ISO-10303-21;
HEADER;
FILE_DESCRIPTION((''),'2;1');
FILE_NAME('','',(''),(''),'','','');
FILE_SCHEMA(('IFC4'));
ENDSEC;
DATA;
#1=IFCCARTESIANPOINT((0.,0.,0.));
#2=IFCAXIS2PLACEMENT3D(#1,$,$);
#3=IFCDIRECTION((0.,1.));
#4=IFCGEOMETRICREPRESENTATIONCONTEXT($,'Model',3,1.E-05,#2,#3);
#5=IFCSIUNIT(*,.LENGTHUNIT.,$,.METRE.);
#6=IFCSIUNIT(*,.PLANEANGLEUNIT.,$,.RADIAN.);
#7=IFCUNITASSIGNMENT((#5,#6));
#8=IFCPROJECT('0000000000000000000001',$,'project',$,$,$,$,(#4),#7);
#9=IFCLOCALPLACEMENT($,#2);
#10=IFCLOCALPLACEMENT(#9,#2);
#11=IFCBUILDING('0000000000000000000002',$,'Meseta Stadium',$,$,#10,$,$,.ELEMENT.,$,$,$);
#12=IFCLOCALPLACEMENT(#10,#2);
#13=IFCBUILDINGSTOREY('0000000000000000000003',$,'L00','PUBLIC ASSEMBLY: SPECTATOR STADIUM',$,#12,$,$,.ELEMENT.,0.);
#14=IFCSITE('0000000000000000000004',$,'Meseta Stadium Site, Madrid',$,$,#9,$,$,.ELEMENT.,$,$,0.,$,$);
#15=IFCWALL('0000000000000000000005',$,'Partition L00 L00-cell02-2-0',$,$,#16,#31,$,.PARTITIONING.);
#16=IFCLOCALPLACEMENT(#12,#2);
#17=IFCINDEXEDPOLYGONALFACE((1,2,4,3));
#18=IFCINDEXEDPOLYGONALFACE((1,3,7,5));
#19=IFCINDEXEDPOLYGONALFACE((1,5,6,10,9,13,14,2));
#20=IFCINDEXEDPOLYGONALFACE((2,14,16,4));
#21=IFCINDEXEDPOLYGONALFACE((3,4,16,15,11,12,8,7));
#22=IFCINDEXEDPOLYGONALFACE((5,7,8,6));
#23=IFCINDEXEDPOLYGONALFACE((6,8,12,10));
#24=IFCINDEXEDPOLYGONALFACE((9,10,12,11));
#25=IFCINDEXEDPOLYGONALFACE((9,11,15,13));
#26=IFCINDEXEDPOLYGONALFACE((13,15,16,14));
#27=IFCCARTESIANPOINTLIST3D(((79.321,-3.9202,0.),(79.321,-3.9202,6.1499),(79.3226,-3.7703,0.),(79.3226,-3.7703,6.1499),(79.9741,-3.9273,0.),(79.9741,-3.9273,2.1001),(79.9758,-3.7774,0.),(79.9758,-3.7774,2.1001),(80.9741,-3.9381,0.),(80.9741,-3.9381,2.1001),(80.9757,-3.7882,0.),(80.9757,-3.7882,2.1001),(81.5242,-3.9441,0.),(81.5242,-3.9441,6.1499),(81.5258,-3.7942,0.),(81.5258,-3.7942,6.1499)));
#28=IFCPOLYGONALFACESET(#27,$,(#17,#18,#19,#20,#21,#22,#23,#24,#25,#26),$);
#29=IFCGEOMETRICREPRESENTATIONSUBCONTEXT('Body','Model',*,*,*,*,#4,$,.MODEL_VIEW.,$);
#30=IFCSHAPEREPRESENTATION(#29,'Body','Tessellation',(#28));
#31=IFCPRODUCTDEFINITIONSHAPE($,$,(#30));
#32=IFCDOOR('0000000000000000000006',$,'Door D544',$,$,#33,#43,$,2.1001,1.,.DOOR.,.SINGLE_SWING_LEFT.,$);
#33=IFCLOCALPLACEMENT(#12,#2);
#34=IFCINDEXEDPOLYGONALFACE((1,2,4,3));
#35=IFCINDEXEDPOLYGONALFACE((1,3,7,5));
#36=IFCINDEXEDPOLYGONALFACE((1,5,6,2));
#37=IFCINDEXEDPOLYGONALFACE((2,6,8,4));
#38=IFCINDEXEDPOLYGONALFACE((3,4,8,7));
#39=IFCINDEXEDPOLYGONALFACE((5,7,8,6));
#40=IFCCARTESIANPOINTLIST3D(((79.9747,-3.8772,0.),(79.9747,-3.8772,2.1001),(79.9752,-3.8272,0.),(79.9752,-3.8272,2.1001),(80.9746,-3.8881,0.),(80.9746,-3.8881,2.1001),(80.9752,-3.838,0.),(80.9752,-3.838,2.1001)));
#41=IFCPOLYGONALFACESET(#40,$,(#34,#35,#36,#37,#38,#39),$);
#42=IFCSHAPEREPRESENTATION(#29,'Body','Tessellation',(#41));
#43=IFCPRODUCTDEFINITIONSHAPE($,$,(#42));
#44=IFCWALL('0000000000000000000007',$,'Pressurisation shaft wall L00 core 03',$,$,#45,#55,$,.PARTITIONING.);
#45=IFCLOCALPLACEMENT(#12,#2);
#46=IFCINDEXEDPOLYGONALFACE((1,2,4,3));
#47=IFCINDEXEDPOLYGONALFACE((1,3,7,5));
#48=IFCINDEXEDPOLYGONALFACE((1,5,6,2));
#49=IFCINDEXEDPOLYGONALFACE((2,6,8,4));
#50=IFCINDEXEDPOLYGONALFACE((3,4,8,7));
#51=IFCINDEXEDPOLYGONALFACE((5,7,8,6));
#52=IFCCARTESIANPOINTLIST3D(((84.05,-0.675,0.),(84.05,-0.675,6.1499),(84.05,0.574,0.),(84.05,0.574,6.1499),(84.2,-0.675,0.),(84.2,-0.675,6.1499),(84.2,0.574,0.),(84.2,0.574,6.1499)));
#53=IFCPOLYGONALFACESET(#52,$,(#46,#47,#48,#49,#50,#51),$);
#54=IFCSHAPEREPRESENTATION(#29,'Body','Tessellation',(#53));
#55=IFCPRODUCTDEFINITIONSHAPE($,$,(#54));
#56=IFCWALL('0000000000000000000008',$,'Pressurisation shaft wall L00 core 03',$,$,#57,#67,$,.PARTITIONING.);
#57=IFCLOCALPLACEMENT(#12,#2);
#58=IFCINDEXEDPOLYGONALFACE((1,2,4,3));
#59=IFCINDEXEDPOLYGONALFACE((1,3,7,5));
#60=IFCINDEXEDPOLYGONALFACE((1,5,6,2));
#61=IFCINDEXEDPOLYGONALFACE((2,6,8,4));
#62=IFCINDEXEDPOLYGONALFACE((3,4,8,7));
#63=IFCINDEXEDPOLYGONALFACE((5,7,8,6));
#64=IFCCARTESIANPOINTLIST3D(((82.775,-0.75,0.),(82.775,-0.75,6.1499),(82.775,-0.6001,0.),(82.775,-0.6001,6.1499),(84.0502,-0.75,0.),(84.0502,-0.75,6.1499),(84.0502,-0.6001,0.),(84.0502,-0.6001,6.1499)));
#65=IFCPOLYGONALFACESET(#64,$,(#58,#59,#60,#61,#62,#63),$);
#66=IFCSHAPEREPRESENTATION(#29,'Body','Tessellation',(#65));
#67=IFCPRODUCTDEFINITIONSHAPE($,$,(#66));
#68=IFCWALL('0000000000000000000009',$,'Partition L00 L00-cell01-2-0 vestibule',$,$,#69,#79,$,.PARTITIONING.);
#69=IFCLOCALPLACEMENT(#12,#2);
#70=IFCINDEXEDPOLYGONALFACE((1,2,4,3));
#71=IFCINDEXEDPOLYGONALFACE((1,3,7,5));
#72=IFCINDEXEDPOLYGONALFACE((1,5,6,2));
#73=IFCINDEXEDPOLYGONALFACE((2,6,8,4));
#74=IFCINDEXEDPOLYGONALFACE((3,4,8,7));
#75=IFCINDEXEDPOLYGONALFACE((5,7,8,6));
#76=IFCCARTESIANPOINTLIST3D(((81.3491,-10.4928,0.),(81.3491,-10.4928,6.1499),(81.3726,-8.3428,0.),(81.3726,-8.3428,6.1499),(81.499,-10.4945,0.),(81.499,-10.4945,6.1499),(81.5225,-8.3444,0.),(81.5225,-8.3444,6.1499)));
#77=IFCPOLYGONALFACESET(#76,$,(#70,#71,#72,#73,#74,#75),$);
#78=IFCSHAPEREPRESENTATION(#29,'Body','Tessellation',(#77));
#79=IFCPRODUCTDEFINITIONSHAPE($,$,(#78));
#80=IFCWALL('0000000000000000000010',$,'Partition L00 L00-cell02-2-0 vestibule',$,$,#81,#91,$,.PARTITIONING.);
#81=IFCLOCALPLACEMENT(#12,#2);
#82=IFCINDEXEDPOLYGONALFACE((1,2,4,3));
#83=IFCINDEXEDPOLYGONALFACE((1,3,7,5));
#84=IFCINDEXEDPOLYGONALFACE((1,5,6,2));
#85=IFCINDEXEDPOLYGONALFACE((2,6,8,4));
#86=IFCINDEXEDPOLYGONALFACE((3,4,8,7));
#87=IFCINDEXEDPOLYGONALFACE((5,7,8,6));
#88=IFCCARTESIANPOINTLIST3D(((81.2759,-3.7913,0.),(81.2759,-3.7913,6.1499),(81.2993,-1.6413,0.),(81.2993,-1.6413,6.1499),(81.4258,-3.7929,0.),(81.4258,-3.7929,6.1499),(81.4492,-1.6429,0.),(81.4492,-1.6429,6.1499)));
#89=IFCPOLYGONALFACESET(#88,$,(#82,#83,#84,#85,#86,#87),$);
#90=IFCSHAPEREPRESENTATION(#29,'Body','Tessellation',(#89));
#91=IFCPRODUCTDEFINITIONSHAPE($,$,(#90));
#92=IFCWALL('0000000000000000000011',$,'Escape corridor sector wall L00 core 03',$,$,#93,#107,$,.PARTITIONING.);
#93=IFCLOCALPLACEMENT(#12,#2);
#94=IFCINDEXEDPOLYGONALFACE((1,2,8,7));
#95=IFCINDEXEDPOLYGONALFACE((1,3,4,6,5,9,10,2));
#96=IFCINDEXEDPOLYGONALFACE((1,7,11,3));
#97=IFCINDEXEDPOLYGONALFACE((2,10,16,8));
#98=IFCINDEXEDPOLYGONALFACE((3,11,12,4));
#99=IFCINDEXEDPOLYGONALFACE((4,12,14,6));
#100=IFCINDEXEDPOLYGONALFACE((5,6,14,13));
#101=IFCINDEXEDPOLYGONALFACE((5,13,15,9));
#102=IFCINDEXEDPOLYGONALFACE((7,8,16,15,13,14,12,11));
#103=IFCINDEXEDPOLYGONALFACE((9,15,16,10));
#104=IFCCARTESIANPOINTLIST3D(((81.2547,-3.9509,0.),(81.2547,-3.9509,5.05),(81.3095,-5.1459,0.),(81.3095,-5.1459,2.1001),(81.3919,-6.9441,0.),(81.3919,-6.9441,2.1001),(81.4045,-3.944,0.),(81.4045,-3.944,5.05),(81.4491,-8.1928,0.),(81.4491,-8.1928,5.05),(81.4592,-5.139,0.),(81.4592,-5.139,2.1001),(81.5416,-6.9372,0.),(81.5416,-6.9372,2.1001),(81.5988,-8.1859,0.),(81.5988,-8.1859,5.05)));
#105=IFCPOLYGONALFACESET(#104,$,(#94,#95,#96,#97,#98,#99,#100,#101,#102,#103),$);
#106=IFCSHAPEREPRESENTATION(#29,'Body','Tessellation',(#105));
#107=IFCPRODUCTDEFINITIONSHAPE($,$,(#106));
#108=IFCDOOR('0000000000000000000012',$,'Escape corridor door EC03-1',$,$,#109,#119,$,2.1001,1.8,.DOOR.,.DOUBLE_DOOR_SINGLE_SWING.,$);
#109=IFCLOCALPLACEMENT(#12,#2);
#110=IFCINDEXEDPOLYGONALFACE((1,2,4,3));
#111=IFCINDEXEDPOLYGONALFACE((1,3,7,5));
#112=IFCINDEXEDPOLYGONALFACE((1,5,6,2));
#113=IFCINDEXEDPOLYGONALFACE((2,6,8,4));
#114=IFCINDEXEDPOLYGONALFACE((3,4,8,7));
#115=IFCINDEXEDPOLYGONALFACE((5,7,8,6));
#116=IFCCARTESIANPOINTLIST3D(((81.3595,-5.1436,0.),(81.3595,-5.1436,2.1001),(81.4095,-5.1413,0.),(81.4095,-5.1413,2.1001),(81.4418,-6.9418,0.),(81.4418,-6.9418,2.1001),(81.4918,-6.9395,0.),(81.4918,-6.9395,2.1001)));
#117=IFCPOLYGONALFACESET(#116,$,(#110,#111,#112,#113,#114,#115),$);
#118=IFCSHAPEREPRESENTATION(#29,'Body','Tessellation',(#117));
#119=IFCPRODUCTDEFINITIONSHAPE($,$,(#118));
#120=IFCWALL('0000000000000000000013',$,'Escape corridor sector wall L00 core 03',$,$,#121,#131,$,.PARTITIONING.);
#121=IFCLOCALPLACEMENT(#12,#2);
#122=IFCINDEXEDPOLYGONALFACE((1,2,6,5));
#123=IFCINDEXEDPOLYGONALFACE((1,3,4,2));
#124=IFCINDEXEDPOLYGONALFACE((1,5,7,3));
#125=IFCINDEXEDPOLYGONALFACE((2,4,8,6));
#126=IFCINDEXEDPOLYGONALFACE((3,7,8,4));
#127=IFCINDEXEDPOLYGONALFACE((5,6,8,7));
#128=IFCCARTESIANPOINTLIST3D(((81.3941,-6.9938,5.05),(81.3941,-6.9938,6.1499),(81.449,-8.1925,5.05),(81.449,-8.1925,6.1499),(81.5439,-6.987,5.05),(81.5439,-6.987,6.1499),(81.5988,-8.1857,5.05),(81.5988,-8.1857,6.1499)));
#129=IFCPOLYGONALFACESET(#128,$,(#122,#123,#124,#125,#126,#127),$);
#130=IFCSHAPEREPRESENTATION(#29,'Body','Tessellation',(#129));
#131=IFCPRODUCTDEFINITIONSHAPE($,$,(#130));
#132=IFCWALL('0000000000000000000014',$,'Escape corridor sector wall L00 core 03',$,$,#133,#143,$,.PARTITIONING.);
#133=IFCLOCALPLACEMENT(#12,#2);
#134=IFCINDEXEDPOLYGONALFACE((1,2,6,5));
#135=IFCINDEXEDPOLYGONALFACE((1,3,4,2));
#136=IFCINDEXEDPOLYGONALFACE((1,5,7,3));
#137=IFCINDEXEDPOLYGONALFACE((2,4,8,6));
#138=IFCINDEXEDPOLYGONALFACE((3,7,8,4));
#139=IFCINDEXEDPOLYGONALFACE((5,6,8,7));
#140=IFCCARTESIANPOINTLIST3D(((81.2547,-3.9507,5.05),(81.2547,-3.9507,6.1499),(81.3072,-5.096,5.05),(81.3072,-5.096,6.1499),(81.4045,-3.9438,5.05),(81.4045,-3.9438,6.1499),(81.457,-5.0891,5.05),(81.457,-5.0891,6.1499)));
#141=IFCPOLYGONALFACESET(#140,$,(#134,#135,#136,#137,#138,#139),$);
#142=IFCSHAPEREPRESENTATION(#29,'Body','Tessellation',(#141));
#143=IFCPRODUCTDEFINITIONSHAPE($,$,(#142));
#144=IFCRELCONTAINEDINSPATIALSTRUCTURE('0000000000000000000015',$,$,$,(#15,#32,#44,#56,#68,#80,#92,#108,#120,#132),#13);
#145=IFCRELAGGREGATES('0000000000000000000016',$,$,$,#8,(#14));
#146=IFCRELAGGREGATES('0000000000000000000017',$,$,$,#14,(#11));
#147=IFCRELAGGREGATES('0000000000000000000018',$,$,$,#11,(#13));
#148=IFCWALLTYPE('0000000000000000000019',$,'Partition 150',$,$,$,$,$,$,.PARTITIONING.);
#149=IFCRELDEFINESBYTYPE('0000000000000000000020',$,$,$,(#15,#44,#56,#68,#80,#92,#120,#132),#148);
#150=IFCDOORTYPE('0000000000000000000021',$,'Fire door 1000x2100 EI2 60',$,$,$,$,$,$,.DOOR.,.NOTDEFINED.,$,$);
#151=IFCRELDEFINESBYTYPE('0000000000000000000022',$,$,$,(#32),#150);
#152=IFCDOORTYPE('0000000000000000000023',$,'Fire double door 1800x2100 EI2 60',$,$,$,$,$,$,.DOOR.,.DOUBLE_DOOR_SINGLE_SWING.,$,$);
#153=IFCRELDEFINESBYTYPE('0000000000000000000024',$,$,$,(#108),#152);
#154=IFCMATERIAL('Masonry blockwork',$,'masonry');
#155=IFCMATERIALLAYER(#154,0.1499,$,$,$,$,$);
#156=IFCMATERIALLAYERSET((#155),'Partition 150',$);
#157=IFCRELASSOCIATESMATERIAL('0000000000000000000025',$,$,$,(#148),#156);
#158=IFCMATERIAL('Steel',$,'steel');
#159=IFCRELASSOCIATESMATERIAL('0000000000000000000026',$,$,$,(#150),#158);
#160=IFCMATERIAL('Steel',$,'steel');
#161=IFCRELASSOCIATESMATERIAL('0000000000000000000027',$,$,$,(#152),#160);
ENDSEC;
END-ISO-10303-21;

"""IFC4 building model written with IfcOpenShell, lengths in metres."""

from ifc_helpers import new_model, si_unit, direction, frame, frame_2d, origin, place, context, subcontext, project, spatial, rectangle, extrude, material, layer, layer_set, type_object, element, fill, save


model = new_model("IFC4")

# Units and contexts
model_context = context("Model", 3, precision=1e-05, world=origin(), true_north=direction((0.0, 1.0)))
body_context = subcontext(model_context, "Body", "Model", "MODEL_VIEW")
ifc_project = project(units=[si_unit("LENGTHUNIT", "METRE"), si_unit("PLANEANGLEUNIT", "RADIAN")], contexts=[model_context])

# Site, building, storey
site_placement = place(None, origin())
site = spatial("IfcSite", under=ifc_project, at=site_placement, Name="Meseta Stadium Site, Madrid", CompositionType="ELEMENT", RefElevation=0.0)
building_placement = place(site_placement, origin())
building = spatial("IfcBuilding", under=site, at=building_placement, Name="Meseta Stadium", CompositionType="ELEMENT")
storey_placement = place(building_placement, origin())
storey = spatial("IfcBuildingStorey", under=building, at=storey_placement, Name="L00", Description="PUBLIC ASSEMBLY: SPECTATOR STADIUM", CompositionType="ELEMENT", Elevation=0.0)

# Shared definitions
ifc_material_1 = material(Name="Masonry blockwork", Category="masonry")
ifc_layer_1 = layer(ifc_material_1, 0.1499)
ifc_layer_set_1 = layer_set([ifc_layer_1], Name="Partition 150")
wall_type_1 = type_object("IfcWallType", Name="Partition 150", PredefinedType="PARTITIONING", material=ifc_layer_set_1)

# Wall, opening, door
wall_1_placement = place(storey_placement, frame((81.5249, -3.8691, 0.0), z_axis=(0.0, 0.0, 1.0), x_axis=(-0.999941, 0.010859, 0.0)))
wall_1 = element("IfcWall", 1, at=wall_1_placement, inside=storey, type_object=wall_type_1, Name="Partition L00 L00-cell02-2-0", PredefinedType="PARTITIONING", context=body_context, shape_type="SweptSolid", body=[
    extrude(rectangle(XDim=2.2034, YDim=0.1499, at=frame_2d((1.1016, 0.0))), origin(), (0.0, 0.0, 1.0), 6.1499),
])
opening_1_placement = place(wall_1_placement, frame((0.55, 0.0, 0.0)))
opening_1 = element("IfcOpeningElement", 2, at=opening_1_placement, cuts=wall_1, PredefinedType="OPENING", context=body_context, shape_type="SweptSolid", body=[
    extrude(rectangle(XDim=1.0, YDim=2.1001, at=frame_2d((0.5, 1.05))), frame((0.0, 0.085, 0.0), z_axis=(0.0, -1.0, 0.0), x_axis=(1.0, 0.0, 0.0)), (0.0, 0.0, 1.0), 0.1699),
])
ifc_material_2 = material(Name="Steel", Category="steel")
door_type_1 = type_object("IfcDoorType", Name="Fire door 1000x2100 EI2 60", OperationType="NOTDEFINED", PredefinedType="DOOR", material=ifc_material_2)
door_1_placement = place(opening_1_placement, origin())
door_1 = element("IfcDoor", 3, at=door_1_placement, inside=storey, type_object=door_type_1, Name="Door D544", OperationType="SINGLE_SWING_LEFT", OverallHeight=2.1001, OverallWidth=1.0, PredefinedType="DOOR", context=body_context, shape_type="SweptSolid", body=[
    extrude(rectangle(XDim=1.0, YDim=2.1001, at=frame_2d((0.5, 1.05))), frame((0.0, 0.0249, 0.0), z_axis=(0.0, -1.0, 0.0), x_axis=(1.0, 0.0, 0.0)), (0.0, 0.0, 1.0), 0.05),
])
fill(opening_1, door_1)

# Walls
wall_2_placement = place(storey_placement, frame((84.125, -0.675, 0.0), z_axis=(0.0, 0.0, 1.0), x_axis=(0.0, 1.0, 0.0)))
element("IfcWall", 4, at=wall_2_placement, inside=storey, type_object=wall_type_1, Name="Pressurisation shaft wall L00 core 03", PredefinedType="PARTITIONING", context=body_context, shape_type="SweptSolid", body=[
    extrude(rectangle(XDim=1.249, YDim=0.1499, at=frame_2d((0.6245, 0.0))), origin(), (0.0, 0.0, 1.0), 6.1499),
])
wall_3_placement = place(storey_placement, frame((82.7749, -0.675, 0.0), z_axis=(0.0, 0.0, 1.0), x_axis=(1.0, 0.0, 0.0)))
element("IfcWall", 5, at=wall_3_placement, inside=storey, type_object=wall_type_1, Name="Pressurisation shaft wall L00 core 03", PredefinedType="PARTITIONING", context=body_context, shape_type="SweptSolid", body=[
    extrude(rectangle(XDim=1.2751, YDim=0.1499, at=frame_2d((0.6377, 0.0))), origin(), (0.0, 0.0, 1.0), 6.1499),
])
for number, where, z_axis, x_axis, name in (
    (6, (81.4475, -8.3435, 0.0), (0.0, 0.0, 1.0), (-0.010901, -0.999941, 0.0), "Partition L00 L00-cell01-2-0 vestibule"),
    (7, (81.3508, -3.7922, 0.0), (0.0, 0.0, 1.0), (0.010901, 0.999941, 0.0), "Partition L00 L00-cell02-2-0 vestibule"),
):
    element("IfcWall", number, at=place(storey_placement, frame(where, z_axis=z_axis, x_axis=x_axis)), inside=storey, type_object=wall_type_1, Name=name, PredefinedType="PARTITIONING", context=body_context, shape_type="SweptSolid", body=[
        extrude(rectangle(XDim=2.1501, YDim=0.1499, at=frame_2d((1.0752, 0.0))), origin(), (0.0, 0.0, 1.0), 6.1499),
    ])

# Wall, opening, door
wall_4_placement = place(storey_placement, frame((81.5239, -8.1892, 0.0), z_axis=(0.0, 0.0, 1.0), x_axis=(-0.045765, 0.998952, 0.0)))
wall_4 = element("IfcWall", 8, at=wall_4_placement, inside=storey, type_object=wall_type_1, Name="Escape corridor sector wall L00 core 03", PredefinedType="PARTITIONING", context=body_context, shape_type="SweptSolid", body=[
    extrude(rectangle(XDim=4.2463, YDim=0.1499, at=frame_2d((2.123, 0.0))), origin(), (0.0, 0.0, 1.0), 5.05),
])
opening_2_placement = place(wall_4_placement, frame((1.25, 0.0, 0.0)))
opening_2 = element("IfcOpeningElement", 9, at=opening_2_placement, cuts=wall_4, PredefinedType="OPENING", context=body_context, shape_type="SweptSolid", body=[
    extrude(rectangle(XDim=1.8, YDim=2.1001, at=frame_2d((0.8999, 1.05))), frame((0.0, 0.085, 0.0), z_axis=(0.0, -1.0, 0.0), x_axis=(1.0, 0.0, 0.0)), (0.0, 0.0, 1.0), 0.1699),
])
ifc_material_3 = material(Name="Steel", Category="steel")
door_type_2 = type_object("IfcDoorType", Name="Fire double door 1800x2100 EI2 60", OperationType="DOUBLE_DOOR_SINGLE_SWING", PredefinedType="DOOR", material=ifc_material_3)
door_2_placement = place(opening_2_placement, origin())
door_2 = element("IfcDoor", 10, at=door_2_placement, inside=storey, type_object=door_type_2, Name="Escape corridor door EC03-1", OperationType="DOUBLE_DOOR_SINGLE_SWING", OverallHeight=2.1001, OverallWidth=1.8, PredefinedType="DOOR", context=body_context, shape_type="SweptSolid", body=[
    extrude(rectangle(XDim=1.8, YDim=2.1001, at=frame_2d((0.8999, 1.05))), frame((0.0, 0.0249, 0.0), z_axis=(0.0, -1.0, 0.0), x_axis=(1.0, 0.0, 0.0)), (0.0, 0.0, 1.0), 0.05),
])
fill(opening_2, door_2)

# Walls
wall_5_placement = place(storey_placement, frame((81.5239, -8.1892, 5.05), z_axis=(0.0, 0.0, 1.0), x_axis=(-0.045777, 0.998952, 0.0)))
element("IfcWall", 11, at=wall_5_placement, inside=storey, type_object=wall_type_1, Name="Escape corridor sector wall L00 core 03", PredefinedType="PARTITIONING", context=body_context, shape_type="SweptSolid", body=[
    extrude(rectangle(XDim=1.2, YDim=0.1499, at=frame_2d((0.6001, 0.0))), origin(), (0.0, 0.0, 1.0), 1.0999),
])
wall_6_placement = place(storey_placement, frame((81.3821, -5.0925, 5.05), z_axis=(0.0, 0.0, 1.0), x_axis=(-0.045784, 0.998951, 0.0)))
element("IfcWall", 12, at=wall_6_placement, inside=storey, type_object=wall_type_1, Name="Escape corridor sector wall L00 core 03", PredefinedType="PARTITIONING", context=body_context, shape_type="SweptSolid", body=[
    extrude(rectangle(XDim=1.1465, YDim=0.1499, at=frame_2d((0.5732, 0.0))), origin(), (0.0, 0.0, 1.0), 1.0999),
])

save(model, "model.ifc")
